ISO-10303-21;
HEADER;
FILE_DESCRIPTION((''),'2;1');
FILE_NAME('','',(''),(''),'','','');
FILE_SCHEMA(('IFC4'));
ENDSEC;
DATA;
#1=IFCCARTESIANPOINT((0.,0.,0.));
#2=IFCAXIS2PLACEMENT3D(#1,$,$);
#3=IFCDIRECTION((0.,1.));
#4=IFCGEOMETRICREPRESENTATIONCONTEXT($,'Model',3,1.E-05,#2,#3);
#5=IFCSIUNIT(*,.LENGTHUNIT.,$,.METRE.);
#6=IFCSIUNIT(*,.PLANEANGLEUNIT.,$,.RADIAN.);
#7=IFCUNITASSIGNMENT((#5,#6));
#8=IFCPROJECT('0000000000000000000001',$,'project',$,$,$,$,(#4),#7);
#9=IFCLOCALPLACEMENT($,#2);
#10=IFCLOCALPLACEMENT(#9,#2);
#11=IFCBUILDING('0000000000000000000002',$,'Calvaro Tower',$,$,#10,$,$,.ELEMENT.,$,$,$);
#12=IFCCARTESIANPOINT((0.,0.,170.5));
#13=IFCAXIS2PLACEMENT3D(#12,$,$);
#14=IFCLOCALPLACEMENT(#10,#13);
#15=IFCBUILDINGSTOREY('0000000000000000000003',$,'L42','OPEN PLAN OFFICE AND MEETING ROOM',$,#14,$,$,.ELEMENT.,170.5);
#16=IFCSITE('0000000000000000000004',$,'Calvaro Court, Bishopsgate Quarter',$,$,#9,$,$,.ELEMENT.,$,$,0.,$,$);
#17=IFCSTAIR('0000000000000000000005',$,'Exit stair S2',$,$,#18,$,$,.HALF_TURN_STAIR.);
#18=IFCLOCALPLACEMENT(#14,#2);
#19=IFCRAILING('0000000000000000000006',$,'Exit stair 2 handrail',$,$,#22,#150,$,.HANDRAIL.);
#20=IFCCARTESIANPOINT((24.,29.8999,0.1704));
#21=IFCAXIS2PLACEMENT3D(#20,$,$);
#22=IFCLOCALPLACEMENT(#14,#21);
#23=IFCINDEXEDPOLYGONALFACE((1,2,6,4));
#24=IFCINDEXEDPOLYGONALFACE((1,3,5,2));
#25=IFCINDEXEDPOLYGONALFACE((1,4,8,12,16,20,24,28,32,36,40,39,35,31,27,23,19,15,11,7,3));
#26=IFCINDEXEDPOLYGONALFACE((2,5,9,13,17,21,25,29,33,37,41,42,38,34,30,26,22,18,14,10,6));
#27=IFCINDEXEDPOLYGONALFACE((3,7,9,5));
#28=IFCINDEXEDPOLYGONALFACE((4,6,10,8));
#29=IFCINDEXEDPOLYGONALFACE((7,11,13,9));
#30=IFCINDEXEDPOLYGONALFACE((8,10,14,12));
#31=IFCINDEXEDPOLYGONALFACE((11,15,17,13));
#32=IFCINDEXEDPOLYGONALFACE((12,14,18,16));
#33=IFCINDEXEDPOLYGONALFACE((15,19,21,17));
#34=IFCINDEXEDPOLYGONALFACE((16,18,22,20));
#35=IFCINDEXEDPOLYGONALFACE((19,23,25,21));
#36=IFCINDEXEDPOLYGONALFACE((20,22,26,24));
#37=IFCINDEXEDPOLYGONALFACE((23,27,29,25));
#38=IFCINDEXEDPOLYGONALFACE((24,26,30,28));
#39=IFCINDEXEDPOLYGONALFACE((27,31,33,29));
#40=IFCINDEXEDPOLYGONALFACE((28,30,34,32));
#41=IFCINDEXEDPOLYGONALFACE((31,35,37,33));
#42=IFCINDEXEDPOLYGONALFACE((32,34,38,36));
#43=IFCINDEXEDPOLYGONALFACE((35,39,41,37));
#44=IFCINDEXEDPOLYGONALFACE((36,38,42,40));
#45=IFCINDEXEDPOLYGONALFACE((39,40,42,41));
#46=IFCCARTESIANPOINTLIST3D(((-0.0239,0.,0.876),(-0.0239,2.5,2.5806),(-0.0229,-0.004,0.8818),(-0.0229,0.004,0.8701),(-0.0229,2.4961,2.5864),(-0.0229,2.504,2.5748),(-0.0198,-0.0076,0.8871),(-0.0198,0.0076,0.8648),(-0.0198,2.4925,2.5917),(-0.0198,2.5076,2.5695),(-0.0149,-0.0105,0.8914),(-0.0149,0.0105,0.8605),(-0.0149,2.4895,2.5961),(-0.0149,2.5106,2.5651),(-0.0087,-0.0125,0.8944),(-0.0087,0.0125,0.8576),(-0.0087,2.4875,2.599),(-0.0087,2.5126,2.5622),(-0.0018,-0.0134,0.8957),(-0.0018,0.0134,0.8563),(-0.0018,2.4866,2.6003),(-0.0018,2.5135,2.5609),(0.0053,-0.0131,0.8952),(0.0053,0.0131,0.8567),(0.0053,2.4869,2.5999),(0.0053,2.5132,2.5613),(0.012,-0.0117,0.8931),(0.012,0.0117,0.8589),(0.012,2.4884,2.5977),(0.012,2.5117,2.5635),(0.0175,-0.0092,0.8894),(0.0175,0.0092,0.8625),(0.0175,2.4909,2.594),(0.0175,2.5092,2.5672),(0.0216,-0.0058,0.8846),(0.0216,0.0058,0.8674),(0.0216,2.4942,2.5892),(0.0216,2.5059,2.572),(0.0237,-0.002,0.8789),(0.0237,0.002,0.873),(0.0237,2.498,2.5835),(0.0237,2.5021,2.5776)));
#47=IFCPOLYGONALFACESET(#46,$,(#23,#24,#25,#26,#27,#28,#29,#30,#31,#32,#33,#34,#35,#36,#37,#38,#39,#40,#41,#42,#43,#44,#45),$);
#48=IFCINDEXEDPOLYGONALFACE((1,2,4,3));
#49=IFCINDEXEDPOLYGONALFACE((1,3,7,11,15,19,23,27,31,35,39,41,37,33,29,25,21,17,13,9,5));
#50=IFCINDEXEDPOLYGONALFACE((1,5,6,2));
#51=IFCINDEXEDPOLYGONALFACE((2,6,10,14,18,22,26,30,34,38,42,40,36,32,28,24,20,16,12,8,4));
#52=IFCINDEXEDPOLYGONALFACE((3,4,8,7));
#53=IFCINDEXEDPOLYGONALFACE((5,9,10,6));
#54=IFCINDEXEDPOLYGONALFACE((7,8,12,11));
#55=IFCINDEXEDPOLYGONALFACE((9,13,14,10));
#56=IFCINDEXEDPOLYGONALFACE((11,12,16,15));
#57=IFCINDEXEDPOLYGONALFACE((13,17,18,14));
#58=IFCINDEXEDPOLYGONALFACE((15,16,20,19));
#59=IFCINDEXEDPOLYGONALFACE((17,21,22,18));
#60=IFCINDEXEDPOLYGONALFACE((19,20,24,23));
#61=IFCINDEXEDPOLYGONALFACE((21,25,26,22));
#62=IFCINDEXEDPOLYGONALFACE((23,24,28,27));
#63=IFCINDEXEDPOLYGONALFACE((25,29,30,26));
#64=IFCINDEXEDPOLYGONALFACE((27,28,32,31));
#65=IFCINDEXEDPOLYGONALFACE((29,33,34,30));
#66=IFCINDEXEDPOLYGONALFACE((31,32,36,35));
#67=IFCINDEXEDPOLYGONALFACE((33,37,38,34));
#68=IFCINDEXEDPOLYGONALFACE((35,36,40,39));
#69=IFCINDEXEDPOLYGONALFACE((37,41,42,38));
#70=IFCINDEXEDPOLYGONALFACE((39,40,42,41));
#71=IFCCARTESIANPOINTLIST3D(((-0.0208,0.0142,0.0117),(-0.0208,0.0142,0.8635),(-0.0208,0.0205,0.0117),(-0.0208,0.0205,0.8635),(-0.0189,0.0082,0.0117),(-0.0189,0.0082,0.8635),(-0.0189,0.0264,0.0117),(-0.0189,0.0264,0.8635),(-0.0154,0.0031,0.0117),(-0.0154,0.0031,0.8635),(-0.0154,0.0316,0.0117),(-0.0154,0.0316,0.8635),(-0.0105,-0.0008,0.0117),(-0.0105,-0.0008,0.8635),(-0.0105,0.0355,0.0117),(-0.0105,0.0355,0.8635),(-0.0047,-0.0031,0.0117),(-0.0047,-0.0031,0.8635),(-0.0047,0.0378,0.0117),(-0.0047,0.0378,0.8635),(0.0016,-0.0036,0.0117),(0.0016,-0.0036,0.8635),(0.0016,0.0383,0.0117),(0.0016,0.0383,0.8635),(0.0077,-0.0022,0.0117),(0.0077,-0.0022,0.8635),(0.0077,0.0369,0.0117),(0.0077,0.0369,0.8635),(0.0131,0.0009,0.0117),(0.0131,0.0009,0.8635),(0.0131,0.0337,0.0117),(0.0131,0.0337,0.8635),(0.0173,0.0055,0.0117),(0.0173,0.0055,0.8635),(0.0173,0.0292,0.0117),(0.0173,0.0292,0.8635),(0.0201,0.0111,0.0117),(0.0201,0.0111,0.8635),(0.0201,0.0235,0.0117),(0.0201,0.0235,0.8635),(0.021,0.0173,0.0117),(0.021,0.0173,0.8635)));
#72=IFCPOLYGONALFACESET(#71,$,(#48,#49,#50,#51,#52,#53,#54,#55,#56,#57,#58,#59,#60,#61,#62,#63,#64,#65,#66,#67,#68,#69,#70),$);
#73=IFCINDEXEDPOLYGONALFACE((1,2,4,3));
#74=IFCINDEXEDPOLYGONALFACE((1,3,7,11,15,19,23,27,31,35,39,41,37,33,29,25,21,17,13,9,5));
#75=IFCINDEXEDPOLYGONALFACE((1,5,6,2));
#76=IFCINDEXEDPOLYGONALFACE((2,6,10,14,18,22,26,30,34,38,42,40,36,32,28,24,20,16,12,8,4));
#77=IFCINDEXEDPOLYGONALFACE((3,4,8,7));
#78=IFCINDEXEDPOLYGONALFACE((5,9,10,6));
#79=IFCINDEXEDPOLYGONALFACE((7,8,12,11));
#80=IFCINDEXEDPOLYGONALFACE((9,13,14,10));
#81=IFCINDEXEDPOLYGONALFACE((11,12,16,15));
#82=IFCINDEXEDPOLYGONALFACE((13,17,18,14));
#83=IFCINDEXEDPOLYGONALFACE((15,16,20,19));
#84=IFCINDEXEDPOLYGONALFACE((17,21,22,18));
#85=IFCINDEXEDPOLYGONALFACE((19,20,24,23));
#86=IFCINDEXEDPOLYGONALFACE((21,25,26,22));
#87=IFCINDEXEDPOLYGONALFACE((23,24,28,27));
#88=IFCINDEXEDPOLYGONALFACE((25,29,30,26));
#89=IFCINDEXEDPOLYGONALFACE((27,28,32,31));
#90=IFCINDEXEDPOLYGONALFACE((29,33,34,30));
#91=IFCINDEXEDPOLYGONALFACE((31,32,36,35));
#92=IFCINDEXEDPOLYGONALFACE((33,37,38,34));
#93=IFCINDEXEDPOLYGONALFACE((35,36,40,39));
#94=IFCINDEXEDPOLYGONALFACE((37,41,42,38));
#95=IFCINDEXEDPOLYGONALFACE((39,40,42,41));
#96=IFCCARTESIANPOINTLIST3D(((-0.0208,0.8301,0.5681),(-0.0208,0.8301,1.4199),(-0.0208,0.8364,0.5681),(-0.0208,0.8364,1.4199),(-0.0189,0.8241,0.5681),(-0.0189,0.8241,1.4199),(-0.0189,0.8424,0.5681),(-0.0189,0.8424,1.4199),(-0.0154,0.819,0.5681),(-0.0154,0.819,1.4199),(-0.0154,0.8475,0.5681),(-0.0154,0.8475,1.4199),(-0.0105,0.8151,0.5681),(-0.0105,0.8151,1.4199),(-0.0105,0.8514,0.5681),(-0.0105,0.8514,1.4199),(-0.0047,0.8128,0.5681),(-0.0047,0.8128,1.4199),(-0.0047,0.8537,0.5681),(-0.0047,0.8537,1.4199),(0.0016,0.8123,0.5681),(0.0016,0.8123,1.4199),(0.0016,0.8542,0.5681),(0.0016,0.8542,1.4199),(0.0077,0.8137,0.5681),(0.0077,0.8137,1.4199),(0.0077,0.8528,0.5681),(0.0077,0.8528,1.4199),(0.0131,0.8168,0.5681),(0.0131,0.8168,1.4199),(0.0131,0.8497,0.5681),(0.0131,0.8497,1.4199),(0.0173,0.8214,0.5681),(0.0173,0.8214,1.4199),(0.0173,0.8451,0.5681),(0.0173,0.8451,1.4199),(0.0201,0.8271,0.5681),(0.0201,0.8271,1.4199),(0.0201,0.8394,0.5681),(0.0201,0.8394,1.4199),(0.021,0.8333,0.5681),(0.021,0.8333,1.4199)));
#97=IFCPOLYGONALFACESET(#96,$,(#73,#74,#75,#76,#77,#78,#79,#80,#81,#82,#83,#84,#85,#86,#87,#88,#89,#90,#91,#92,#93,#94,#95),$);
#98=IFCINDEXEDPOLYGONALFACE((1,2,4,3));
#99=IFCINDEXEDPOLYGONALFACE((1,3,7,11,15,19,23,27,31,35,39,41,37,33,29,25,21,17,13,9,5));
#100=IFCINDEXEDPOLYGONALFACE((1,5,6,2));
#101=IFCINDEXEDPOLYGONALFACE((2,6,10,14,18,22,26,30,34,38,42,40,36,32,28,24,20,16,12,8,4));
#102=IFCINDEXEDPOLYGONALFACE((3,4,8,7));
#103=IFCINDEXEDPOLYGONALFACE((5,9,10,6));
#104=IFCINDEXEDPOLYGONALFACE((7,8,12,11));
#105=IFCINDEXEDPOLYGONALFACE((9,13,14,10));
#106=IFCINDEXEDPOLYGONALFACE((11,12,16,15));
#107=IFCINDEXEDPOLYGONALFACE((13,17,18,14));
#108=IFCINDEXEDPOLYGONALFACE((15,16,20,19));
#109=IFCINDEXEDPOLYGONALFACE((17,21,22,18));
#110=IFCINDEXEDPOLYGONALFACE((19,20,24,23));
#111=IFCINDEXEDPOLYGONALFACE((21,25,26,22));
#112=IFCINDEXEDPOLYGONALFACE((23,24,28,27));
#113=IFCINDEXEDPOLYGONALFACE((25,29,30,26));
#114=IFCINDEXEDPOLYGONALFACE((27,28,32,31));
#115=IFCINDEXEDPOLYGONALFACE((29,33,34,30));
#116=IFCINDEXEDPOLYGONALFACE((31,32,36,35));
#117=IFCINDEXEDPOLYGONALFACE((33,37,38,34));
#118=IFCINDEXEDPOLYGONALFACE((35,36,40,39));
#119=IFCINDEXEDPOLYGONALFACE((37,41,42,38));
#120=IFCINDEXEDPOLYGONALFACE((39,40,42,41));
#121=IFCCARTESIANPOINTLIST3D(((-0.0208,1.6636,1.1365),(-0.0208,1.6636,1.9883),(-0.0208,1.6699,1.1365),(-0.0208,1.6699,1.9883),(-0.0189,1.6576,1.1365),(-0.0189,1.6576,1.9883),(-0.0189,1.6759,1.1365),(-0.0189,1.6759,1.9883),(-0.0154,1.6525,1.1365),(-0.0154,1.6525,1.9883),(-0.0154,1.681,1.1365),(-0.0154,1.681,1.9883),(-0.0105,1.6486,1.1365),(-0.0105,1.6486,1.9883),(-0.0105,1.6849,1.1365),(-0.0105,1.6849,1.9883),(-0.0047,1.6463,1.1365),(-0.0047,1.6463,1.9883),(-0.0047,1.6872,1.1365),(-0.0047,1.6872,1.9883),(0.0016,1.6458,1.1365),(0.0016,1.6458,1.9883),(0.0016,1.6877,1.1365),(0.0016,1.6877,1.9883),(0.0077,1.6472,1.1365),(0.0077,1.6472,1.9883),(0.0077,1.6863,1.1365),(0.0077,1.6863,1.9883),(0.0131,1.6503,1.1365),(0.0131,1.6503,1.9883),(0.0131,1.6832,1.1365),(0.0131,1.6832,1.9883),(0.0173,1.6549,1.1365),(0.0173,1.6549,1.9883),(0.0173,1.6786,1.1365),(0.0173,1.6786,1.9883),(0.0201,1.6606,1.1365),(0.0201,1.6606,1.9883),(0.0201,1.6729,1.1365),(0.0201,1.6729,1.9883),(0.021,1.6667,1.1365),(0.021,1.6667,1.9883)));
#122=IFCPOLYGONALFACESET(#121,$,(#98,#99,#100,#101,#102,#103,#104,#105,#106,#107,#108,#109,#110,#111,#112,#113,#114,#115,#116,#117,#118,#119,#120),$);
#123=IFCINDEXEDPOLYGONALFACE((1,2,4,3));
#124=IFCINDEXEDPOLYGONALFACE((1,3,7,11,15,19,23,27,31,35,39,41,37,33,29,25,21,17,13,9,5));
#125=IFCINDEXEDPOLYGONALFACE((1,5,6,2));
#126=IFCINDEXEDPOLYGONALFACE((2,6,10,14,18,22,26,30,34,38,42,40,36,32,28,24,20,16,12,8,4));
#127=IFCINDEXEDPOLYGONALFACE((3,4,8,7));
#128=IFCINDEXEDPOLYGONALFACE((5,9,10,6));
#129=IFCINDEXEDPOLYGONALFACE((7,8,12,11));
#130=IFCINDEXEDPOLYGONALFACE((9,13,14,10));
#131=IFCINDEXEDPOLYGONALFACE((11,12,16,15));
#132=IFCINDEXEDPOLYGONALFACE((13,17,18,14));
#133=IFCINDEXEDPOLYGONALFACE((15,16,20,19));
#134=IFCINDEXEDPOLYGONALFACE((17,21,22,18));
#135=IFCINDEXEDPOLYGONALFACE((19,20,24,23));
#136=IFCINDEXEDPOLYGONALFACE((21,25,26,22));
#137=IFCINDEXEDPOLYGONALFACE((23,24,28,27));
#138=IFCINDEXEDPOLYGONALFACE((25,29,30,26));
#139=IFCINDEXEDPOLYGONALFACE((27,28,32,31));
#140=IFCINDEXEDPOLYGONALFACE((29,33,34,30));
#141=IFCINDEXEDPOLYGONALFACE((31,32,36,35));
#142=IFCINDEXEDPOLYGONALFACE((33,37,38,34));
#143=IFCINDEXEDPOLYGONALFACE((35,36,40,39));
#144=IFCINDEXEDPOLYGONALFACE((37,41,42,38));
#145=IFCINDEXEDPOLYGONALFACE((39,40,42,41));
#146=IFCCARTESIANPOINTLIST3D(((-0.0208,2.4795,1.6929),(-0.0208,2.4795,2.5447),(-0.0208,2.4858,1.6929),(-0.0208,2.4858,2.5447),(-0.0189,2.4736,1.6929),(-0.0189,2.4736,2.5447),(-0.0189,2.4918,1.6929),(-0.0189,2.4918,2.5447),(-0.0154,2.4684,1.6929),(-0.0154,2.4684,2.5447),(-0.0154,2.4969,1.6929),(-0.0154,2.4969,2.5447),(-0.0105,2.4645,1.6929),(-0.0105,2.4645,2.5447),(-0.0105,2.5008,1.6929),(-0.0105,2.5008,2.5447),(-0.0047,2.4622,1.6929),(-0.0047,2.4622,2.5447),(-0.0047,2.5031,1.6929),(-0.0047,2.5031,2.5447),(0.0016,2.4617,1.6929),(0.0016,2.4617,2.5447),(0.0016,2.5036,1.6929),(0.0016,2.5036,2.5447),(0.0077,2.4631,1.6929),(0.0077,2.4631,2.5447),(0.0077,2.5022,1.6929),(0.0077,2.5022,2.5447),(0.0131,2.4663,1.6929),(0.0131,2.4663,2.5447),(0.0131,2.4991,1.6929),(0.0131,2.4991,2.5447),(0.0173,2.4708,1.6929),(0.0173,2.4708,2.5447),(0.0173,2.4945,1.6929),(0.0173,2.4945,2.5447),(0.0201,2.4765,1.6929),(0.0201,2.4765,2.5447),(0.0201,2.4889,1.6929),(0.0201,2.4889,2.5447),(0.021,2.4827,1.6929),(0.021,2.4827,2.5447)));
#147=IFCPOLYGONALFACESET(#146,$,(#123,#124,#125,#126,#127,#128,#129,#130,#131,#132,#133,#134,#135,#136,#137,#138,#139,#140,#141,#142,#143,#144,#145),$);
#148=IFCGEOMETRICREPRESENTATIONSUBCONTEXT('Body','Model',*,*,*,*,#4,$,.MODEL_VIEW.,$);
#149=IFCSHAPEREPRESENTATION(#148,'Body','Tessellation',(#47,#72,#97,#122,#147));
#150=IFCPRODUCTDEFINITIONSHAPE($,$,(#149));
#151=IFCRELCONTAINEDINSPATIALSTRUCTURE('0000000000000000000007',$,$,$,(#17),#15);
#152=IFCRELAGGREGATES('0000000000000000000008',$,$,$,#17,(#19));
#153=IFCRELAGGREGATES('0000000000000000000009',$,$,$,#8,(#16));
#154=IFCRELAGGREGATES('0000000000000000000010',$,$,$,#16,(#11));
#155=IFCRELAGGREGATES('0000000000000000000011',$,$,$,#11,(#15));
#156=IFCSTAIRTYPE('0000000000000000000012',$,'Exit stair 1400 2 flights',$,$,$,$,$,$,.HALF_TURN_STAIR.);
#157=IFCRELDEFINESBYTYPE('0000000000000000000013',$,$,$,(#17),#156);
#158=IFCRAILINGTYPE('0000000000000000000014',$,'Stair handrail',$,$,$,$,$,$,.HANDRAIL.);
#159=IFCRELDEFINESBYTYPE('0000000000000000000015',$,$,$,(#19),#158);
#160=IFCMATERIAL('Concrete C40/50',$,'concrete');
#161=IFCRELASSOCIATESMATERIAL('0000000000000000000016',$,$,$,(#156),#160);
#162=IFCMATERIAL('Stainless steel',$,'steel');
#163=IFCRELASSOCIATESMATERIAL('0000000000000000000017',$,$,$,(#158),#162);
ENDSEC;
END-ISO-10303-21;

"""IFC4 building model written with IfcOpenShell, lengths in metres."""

from ifc_helpers import new_model, si_unit, direction, frame, origin, origin_2d, place, context, subcontext, project, spatial, circle, extrude, material, type_object, element, aggregate, save


model = new_model("IFC4")

# Units and contexts
model_context = context("Model", 3, precision=1e-05, world=origin(), true_north=direction((0.0, 1.0)))
body_context = subcontext(model_context, "Body", "Model", "MODEL_VIEW")
ifc_project = project(units=[si_unit("LENGTHUNIT", "METRE"), si_unit("PLANEANGLEUNIT", "RADIAN")], contexts=[model_context])

# Site, building, storey
site_placement = place(None, origin())
site = spatial("IfcSite", under=ifc_project, at=site_placement, Name="Calvaro Court, Bishopsgate Quarter", CompositionType="ELEMENT", RefElevation=0.0)
building_placement = place(site_placement, origin())
building = spatial("IfcBuilding", under=site, at=building_placement, Name="Calvaro Tower", CompositionType="ELEMENT")
storey_placement = place(building_placement, frame((0.0, 0.0, 170.5)))
storey = spatial("IfcBuildingStorey", under=building, at=storey_placement, Name="L42", Description="OPEN PLAN OFFICE AND MEETING ROOM", CompositionType="ELEMENT", Elevation=170.5)

# Stair, railing
ifc_material_1 = material(Name="Concrete C40/50", Category="concrete")
stair_type = type_object("IfcStairType", Name="Exit stair 1400 2 flights", PredefinedType="HALF_TURN_STAIR", material=ifc_material_1)
stair_placement = place(storey_placement, origin())
stair = element("IfcStair", 1, at=stair_placement, inside=storey, type_object=stair_type, Name="Exit stair S2", PredefinedType="HALF_TURN_STAIR")
ifc_material_2 = material(Name="Stainless steel", Category="steel")
railing_type = type_object("IfcRailingType", Name="Stair handrail", PredefinedType="HANDRAIL", material=ifc_material_2)
railing_placement = place(storey_placement, frame((24.0, 29.8999, 0.1704)))
railing = element("IfcRailing", 2, at=railing_placement, type_object=railing_type, Name="Exit stair 2 handrail", PredefinedType="HANDRAIL", context=body_context, shape_type="SweptSolid", body=[
    extrude(circle(Radius=0.0239, at=origin_2d()), frame((0.0, 0.0, 0.876), z_axis=(0.0, 0.826221, 0.563347), x_axis=(-1.0, 0.0, 0.0)), (0.0, 0.0, 1.0), 3.0259),
    extrude(circle(Radius=0.021, at=origin_2d()), frame((0.0, 0.0173, 0.0117)), (0.0, 0.0, 1.0), 0.8518),
    extrude(circle(Radius=0.021, at=origin_2d()), frame((0.0, 0.8333, 0.5681)), (0.0, 0.0, 1.0), 0.8518),
    extrude(circle(Radius=0.021, at=origin_2d()), frame((0.0, 1.6667, 1.1365)), (0.0, 0.0, 1.0), 0.8518),
    extrude(circle(Radius=0.021, at=origin_2d()), frame((0.0, 2.4827, 1.6929)), (0.0, 0.0, 1.0), 0.8518),
])
aggregate(stair, [railing])

save(model, "model.ifc")
